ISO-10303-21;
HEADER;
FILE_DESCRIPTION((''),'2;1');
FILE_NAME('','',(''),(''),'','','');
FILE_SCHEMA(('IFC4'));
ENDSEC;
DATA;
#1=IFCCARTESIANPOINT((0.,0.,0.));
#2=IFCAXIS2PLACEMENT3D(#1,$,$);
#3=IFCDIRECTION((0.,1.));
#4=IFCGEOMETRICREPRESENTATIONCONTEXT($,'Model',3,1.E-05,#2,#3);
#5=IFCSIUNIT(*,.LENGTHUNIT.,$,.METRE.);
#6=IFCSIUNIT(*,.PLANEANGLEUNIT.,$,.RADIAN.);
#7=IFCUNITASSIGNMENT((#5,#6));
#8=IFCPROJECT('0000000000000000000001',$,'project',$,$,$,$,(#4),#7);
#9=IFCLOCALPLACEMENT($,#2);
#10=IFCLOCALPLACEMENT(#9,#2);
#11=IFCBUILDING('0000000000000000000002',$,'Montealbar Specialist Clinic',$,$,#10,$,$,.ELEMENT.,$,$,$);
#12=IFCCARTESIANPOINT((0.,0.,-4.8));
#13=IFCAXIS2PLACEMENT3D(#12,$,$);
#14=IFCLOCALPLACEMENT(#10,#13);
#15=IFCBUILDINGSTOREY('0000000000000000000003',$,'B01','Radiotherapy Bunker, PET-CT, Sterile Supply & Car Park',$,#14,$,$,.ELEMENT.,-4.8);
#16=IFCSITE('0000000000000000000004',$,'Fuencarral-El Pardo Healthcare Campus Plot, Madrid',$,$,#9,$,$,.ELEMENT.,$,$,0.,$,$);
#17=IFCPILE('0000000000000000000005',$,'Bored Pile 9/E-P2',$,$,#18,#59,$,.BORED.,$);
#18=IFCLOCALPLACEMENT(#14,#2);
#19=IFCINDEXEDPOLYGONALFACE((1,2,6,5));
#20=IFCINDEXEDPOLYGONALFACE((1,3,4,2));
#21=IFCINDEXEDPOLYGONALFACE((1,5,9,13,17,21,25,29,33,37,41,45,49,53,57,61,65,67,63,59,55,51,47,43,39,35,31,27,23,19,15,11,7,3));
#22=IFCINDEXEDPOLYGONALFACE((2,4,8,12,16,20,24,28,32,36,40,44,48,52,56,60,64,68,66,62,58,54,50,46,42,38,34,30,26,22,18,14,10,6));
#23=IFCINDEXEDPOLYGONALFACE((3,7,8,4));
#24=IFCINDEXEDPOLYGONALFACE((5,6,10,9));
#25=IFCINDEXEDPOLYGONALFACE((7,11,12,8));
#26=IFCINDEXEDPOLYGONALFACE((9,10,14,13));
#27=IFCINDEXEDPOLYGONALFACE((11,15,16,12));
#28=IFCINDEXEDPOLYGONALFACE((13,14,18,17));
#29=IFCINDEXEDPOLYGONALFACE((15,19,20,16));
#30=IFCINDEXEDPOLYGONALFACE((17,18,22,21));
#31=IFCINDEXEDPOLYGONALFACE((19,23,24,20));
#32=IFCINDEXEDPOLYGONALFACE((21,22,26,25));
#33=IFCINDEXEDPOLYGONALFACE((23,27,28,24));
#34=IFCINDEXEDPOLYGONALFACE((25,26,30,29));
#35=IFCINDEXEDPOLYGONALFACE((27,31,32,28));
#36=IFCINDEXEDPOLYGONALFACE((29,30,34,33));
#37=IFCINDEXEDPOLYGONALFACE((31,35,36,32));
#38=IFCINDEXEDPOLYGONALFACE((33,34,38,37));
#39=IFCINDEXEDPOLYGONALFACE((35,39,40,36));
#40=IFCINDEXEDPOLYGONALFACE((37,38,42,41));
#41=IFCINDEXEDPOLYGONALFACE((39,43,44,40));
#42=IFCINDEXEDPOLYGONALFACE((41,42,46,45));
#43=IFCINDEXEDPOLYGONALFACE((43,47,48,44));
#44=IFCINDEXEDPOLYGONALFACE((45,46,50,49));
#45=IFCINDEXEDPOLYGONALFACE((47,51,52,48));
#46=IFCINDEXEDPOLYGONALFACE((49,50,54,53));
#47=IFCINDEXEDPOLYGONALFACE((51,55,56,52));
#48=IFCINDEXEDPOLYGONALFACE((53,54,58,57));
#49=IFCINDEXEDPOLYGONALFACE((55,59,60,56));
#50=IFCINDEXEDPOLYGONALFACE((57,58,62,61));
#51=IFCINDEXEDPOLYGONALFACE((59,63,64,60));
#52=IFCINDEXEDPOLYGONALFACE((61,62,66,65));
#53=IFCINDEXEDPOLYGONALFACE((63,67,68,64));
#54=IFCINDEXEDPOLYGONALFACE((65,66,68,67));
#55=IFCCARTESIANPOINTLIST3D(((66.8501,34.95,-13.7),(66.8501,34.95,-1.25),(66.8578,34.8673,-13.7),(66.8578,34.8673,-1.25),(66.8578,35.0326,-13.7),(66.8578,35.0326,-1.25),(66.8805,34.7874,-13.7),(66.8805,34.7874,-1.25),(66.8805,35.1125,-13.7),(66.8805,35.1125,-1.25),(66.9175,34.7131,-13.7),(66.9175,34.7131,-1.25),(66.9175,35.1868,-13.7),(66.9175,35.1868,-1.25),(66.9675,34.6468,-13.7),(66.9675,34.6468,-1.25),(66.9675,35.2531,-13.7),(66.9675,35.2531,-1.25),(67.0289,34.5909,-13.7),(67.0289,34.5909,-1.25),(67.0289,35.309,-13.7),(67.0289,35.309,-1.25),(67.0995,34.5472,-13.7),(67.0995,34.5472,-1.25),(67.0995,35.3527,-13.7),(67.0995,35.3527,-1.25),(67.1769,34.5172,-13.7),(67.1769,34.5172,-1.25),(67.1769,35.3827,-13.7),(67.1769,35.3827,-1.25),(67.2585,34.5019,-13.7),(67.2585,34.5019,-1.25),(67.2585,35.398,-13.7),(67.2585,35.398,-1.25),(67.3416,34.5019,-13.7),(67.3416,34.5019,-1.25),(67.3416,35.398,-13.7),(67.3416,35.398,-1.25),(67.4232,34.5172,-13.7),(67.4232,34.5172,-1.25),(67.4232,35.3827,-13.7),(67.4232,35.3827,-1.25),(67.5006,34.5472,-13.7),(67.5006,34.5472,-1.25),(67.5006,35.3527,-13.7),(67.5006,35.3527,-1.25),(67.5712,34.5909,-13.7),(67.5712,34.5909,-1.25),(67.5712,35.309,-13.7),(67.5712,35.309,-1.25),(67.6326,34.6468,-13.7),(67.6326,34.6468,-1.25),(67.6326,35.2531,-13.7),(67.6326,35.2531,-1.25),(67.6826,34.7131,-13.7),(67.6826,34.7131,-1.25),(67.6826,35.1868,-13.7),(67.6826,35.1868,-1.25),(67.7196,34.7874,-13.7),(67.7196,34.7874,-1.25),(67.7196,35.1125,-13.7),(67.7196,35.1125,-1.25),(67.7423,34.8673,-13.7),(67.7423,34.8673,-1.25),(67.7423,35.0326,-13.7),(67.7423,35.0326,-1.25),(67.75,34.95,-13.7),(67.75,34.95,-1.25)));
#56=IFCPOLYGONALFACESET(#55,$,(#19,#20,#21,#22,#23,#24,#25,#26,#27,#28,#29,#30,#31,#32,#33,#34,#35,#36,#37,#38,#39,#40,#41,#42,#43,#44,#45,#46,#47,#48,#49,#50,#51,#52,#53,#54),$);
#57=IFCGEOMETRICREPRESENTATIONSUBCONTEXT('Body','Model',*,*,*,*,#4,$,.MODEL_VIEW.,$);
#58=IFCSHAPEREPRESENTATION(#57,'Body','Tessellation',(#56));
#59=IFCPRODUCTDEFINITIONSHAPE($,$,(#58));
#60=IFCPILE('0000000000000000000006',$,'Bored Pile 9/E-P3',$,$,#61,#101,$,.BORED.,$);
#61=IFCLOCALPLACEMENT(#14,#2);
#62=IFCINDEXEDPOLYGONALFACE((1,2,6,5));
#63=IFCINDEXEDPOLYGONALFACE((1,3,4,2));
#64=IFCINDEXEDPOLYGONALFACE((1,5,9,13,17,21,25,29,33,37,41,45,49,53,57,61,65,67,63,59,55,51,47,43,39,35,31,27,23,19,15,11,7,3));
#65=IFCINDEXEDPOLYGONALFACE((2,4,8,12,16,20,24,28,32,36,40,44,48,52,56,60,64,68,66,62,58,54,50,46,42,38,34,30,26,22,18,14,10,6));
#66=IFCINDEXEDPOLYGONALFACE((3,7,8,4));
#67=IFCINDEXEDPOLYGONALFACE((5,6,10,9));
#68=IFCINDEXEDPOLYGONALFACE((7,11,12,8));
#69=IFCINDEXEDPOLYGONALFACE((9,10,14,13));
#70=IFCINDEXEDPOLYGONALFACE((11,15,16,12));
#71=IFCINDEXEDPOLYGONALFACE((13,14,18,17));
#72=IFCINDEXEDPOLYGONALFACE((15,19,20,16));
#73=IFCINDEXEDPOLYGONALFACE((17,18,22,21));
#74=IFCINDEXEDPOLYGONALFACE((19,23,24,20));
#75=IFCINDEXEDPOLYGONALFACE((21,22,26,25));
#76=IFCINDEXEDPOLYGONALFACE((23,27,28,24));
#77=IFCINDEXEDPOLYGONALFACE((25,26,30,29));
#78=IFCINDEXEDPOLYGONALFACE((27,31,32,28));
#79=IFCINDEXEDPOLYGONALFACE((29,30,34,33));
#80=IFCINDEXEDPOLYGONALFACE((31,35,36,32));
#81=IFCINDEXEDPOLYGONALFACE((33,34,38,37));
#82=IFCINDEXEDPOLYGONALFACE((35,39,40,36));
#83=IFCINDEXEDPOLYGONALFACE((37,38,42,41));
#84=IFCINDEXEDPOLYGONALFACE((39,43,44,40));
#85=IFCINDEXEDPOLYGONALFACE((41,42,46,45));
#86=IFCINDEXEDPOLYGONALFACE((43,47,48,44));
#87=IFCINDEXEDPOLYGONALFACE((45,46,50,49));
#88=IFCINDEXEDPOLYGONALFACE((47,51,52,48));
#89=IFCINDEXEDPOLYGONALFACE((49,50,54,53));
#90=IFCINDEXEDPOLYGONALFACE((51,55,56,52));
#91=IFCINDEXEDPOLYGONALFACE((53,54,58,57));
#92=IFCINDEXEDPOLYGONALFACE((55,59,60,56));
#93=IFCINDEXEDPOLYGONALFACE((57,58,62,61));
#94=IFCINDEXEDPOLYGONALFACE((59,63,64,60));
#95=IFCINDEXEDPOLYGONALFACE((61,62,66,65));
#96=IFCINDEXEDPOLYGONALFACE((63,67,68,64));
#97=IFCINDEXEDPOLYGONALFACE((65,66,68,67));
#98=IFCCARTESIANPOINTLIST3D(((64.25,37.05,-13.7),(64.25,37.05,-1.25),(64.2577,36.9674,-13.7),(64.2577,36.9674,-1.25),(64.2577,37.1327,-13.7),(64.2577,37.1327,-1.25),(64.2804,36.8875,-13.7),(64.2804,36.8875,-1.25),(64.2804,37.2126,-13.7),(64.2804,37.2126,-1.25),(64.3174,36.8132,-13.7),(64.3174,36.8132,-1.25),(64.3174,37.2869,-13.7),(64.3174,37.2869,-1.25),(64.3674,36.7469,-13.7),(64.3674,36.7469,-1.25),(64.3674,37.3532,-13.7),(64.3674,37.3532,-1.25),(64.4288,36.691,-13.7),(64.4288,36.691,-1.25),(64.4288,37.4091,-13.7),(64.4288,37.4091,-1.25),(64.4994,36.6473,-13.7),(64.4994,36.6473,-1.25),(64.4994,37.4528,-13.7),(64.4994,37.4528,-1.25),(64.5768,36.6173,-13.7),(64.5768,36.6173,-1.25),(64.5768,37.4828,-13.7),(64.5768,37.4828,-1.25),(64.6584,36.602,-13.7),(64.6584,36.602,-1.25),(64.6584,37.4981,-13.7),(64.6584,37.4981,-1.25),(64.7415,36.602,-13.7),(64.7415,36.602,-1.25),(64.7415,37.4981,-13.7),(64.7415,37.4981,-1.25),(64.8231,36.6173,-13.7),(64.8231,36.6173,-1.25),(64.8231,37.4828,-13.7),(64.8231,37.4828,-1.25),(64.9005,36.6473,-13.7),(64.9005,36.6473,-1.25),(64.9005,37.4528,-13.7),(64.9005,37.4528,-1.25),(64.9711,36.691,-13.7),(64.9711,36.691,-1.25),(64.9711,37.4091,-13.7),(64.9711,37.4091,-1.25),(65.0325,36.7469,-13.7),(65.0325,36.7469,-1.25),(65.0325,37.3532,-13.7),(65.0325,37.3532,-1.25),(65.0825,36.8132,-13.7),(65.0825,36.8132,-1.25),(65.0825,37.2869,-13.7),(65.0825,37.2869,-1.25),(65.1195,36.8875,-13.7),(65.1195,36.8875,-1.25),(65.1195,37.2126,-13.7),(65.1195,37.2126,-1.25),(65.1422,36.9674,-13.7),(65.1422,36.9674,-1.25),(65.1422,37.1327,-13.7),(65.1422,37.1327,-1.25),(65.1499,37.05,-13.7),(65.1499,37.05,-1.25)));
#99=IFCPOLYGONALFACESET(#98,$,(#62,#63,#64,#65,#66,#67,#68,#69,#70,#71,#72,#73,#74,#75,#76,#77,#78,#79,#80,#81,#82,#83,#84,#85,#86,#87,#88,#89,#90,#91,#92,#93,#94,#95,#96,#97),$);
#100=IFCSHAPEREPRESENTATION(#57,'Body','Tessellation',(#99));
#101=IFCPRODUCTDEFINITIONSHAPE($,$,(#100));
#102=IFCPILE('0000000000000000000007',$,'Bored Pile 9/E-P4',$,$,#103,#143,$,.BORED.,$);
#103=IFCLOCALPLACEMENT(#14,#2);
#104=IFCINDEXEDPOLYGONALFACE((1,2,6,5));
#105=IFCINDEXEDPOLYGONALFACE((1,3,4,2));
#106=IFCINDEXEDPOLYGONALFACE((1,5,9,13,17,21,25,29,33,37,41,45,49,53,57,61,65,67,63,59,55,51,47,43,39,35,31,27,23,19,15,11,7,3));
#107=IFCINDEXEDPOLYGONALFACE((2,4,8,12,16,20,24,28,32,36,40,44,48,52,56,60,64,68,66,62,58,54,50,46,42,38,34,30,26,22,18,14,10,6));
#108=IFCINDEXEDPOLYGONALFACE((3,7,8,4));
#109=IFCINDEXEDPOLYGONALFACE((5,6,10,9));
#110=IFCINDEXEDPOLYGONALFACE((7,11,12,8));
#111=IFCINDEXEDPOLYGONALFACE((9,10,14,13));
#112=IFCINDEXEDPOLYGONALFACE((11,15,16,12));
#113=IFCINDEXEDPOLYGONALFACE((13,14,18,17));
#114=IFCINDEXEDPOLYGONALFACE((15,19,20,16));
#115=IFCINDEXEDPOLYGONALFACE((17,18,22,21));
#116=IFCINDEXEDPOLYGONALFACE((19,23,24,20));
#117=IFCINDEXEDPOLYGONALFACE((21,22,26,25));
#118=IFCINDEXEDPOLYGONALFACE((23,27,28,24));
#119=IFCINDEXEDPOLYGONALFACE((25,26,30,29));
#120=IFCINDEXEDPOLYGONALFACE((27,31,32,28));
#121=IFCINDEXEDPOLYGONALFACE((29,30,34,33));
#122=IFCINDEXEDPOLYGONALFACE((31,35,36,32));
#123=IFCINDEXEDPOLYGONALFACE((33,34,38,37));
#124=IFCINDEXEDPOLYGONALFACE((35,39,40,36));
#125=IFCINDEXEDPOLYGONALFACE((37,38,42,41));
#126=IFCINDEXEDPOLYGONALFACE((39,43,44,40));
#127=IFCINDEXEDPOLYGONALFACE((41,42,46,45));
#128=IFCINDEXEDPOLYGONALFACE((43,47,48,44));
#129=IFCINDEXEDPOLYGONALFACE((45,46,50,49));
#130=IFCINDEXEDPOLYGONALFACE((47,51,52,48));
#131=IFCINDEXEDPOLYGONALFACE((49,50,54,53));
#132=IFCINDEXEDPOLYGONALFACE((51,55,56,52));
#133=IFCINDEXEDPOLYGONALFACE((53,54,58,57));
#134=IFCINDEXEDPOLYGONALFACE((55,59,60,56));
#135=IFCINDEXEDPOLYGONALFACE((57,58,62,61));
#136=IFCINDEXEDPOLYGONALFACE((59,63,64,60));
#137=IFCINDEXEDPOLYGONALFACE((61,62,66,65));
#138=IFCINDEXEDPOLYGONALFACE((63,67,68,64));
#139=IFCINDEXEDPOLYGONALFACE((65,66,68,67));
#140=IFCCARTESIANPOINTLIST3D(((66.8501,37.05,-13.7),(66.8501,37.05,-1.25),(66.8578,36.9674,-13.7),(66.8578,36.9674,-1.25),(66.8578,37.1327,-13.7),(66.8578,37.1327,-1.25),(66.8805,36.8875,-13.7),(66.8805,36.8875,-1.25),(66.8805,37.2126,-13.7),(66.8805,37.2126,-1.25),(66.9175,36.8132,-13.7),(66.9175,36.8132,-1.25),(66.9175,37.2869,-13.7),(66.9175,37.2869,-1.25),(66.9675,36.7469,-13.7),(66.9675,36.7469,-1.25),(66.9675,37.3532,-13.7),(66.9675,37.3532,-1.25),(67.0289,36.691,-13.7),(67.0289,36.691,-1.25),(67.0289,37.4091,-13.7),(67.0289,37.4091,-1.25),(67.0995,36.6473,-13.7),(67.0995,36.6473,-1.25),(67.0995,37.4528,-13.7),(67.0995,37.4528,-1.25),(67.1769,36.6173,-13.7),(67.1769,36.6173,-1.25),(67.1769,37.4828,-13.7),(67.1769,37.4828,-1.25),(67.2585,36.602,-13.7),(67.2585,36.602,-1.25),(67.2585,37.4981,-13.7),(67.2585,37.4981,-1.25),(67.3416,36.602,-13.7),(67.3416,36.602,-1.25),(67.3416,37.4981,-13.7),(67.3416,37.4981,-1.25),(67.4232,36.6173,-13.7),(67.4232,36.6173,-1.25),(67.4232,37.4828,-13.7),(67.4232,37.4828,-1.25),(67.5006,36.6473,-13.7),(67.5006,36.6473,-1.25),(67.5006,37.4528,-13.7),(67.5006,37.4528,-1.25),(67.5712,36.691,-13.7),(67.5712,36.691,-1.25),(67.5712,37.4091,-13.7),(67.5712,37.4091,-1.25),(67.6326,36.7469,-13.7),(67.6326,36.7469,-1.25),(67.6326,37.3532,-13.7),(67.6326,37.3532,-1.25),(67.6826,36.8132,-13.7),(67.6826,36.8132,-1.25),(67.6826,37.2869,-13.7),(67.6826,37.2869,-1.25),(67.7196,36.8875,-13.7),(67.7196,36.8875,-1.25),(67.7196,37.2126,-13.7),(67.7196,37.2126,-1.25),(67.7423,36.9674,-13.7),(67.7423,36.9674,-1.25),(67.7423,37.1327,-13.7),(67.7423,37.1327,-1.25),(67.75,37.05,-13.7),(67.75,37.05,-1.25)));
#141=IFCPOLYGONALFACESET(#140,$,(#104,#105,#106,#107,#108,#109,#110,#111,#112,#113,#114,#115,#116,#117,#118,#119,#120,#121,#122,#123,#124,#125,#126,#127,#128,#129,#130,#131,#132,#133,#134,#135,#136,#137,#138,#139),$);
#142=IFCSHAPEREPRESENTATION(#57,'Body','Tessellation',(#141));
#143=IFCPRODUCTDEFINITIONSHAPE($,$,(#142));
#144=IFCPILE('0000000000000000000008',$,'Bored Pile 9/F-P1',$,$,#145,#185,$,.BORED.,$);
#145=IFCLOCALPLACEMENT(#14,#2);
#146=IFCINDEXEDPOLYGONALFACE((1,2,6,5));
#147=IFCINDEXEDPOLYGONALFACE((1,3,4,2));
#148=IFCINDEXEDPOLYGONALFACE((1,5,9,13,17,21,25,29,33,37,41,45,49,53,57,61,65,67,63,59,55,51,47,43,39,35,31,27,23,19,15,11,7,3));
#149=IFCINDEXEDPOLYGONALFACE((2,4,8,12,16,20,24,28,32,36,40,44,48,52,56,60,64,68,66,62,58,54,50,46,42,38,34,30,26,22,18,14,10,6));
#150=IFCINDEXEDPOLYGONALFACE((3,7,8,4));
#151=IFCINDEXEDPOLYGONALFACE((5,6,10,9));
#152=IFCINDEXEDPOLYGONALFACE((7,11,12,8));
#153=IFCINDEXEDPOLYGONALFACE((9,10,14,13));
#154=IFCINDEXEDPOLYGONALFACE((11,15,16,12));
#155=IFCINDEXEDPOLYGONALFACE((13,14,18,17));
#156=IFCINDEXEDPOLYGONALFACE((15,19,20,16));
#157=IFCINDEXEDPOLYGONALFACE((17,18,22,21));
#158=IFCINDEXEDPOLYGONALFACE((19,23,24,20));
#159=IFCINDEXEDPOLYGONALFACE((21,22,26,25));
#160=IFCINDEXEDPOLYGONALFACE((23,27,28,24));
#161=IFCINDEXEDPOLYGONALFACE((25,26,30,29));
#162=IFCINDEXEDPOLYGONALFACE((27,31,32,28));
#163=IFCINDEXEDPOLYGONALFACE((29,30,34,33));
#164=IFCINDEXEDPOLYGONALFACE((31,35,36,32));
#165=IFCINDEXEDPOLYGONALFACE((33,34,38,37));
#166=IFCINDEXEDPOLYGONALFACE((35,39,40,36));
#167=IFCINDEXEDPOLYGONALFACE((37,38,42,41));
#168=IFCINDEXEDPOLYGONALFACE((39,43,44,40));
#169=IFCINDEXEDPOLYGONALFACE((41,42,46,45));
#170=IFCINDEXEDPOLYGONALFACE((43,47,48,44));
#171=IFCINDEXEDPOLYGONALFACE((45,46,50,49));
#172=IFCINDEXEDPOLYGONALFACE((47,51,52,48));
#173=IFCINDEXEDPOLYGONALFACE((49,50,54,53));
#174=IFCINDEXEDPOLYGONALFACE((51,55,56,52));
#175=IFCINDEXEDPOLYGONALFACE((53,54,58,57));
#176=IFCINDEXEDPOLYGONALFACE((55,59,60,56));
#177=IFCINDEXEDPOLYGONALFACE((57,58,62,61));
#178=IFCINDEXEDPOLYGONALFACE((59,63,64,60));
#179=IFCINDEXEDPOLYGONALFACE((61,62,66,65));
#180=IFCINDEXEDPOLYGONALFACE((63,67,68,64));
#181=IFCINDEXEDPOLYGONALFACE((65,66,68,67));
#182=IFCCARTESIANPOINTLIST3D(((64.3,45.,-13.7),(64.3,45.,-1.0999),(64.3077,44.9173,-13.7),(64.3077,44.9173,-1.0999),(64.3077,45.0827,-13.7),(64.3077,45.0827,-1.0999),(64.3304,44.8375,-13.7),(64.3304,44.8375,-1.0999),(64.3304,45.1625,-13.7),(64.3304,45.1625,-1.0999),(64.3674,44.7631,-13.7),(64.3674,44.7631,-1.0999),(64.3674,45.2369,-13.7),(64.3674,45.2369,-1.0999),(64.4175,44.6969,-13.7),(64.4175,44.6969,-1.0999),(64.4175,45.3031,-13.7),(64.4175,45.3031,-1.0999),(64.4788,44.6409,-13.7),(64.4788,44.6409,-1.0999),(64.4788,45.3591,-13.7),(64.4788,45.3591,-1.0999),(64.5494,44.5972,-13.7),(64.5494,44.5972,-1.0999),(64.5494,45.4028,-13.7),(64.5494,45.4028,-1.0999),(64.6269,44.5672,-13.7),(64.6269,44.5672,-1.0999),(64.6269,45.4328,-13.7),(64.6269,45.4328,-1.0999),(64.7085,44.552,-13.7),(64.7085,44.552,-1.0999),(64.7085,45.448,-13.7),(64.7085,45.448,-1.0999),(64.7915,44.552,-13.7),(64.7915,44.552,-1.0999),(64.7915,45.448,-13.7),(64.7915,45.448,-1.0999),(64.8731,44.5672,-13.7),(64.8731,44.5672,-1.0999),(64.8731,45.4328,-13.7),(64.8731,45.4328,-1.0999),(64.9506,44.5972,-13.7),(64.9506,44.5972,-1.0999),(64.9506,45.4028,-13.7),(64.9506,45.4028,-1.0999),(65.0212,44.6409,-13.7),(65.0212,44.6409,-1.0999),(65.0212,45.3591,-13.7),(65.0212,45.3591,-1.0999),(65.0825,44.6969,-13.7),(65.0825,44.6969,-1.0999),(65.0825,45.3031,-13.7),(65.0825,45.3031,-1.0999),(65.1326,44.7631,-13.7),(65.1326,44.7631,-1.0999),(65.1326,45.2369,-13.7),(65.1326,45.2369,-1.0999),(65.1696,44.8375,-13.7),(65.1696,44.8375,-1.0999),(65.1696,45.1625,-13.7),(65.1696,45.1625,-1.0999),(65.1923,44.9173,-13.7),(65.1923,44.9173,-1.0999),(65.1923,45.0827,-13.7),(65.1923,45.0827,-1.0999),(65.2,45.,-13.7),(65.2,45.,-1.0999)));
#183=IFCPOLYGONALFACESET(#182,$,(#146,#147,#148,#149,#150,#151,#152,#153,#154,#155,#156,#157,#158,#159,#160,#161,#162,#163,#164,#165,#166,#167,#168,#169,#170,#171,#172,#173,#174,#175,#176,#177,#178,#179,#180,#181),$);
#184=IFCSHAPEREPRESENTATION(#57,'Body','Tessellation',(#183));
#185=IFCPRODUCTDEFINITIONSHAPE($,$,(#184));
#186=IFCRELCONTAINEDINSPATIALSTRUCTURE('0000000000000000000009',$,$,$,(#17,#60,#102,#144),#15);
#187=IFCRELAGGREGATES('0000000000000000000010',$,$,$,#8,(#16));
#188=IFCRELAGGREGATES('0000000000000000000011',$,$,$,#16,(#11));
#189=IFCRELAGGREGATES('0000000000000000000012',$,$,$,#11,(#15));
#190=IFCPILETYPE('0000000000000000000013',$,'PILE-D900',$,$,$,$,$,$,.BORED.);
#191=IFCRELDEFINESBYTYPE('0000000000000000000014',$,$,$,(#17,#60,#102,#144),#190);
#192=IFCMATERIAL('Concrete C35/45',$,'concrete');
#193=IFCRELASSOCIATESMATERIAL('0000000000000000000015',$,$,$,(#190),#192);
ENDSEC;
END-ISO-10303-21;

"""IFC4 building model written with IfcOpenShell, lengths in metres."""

from ifc_helpers import new_model, si_unit, direction, frame, origin, origin_2d, place, context, subcontext, project, spatial, circle, extrude, material, material_profile, profile_set, type_object, element, save


model = new_model("IFC4")

# Units and contexts
model_context = context("Model", 3, precision=1e-05, world=origin(), true_north=direction((0.0, 1.0)))
body_context = subcontext(model_context, "Body", "Model", "MODEL_VIEW")
ifc_project = project(units=[si_unit("LENGTHUNIT", "METRE"), si_unit("PLANEANGLEUNIT", "RADIAN")], contexts=[model_context])

# Site, building, storey
site_placement = place(None, origin())
site = spatial("IfcSite", under=ifc_project, at=site_placement, Name="Fuencarral-El Pardo Healthcare Campus Plot, Madrid", CompositionType="ELEMENT", RefElevation=0.0)
building_placement = place(site_placement, origin())
building = spatial("IfcBuilding", under=site, at=building_placement, Name="Montealbar Specialist Clinic", CompositionType="ELEMENT")
storey_placement = place(building_placement, frame((0.0, 0.0, -4.8)))
storey = spatial("IfcBuildingStorey", under=building, at=storey_placement, Name="B01", Description="Radiotherapy Bunker, PET-CT, Sterile Supply & Car Park", CompositionType="ELEMENT", Elevation=-4.8)

# Shared definitions
ifc_material_1 = material(Name="Concrete C35/45", Category="concrete")

# Piles
ifc_material_profile_1 = material_profile(ifc_material_1, circle(Radius=0.45, at=origin_2d()), Name="PILE D900", Category="concrete")
ifc_profile_set_1 = profile_set([ifc_material_profile_1], Name="Concrete C35/45")
pile_type_1 = type_object("IfcPileType", Name="PILE-D900", PredefinedType="BORED", material=ifc_profile_set_1)
for number, where, z_axis, x_axis, name in (
    (1, (67.3, 34.95, -1.25), (0.0, 0.0, -1.0), (1.0, 0.0, 0.0), "Bored Pile 9/E-P2"),
    (2, (64.7, 37.05, -1.25), (0.0, 0.0, -1.0), (1.0, 0.0, 0.0), "Bored Pile 9/E-P3"),
    (3, (67.3, 37.05, -1.25), (0.0, 0.0, -1.0), (1.0, 0.0, 0.0), "Bored Pile 9/E-P4"),
):
    element("IfcPile", number, at=place(storey_placement, frame(where, z_axis=z_axis, x_axis=x_axis)), inside=storey, type_object=pile_type_1, Name=name, PredefinedType="BORED", context=body_context, shape_type="SweptSolid", body=[
        extrude(circle(Radius=0.45, at=origin_2d()), origin(), (0.0, 0.0, 1.0), 12.45),
    ])
for number, where, z_axis, x_axis, name in (
    (4, (64.75, 45.0, -1.0999), (0.0, 0.0, -1.0), (1.0, 0.0, 0.0), "Bored Pile 9/F-P1"),
):
    element("IfcPile", number, at=place(storey_placement, frame(where, z_axis=z_axis, x_axis=x_axis)), inside=storey, type_object=pile_type_1, Name=name, PredefinedType="BORED", context=body_context, shape_type="SweptSolid", body=[
        extrude(circle(Radius=0.45, at=origin_2d()), origin(), (0.0, 0.0, 1.0), 12.6001),
    ])

save(model, "model.ifc")
